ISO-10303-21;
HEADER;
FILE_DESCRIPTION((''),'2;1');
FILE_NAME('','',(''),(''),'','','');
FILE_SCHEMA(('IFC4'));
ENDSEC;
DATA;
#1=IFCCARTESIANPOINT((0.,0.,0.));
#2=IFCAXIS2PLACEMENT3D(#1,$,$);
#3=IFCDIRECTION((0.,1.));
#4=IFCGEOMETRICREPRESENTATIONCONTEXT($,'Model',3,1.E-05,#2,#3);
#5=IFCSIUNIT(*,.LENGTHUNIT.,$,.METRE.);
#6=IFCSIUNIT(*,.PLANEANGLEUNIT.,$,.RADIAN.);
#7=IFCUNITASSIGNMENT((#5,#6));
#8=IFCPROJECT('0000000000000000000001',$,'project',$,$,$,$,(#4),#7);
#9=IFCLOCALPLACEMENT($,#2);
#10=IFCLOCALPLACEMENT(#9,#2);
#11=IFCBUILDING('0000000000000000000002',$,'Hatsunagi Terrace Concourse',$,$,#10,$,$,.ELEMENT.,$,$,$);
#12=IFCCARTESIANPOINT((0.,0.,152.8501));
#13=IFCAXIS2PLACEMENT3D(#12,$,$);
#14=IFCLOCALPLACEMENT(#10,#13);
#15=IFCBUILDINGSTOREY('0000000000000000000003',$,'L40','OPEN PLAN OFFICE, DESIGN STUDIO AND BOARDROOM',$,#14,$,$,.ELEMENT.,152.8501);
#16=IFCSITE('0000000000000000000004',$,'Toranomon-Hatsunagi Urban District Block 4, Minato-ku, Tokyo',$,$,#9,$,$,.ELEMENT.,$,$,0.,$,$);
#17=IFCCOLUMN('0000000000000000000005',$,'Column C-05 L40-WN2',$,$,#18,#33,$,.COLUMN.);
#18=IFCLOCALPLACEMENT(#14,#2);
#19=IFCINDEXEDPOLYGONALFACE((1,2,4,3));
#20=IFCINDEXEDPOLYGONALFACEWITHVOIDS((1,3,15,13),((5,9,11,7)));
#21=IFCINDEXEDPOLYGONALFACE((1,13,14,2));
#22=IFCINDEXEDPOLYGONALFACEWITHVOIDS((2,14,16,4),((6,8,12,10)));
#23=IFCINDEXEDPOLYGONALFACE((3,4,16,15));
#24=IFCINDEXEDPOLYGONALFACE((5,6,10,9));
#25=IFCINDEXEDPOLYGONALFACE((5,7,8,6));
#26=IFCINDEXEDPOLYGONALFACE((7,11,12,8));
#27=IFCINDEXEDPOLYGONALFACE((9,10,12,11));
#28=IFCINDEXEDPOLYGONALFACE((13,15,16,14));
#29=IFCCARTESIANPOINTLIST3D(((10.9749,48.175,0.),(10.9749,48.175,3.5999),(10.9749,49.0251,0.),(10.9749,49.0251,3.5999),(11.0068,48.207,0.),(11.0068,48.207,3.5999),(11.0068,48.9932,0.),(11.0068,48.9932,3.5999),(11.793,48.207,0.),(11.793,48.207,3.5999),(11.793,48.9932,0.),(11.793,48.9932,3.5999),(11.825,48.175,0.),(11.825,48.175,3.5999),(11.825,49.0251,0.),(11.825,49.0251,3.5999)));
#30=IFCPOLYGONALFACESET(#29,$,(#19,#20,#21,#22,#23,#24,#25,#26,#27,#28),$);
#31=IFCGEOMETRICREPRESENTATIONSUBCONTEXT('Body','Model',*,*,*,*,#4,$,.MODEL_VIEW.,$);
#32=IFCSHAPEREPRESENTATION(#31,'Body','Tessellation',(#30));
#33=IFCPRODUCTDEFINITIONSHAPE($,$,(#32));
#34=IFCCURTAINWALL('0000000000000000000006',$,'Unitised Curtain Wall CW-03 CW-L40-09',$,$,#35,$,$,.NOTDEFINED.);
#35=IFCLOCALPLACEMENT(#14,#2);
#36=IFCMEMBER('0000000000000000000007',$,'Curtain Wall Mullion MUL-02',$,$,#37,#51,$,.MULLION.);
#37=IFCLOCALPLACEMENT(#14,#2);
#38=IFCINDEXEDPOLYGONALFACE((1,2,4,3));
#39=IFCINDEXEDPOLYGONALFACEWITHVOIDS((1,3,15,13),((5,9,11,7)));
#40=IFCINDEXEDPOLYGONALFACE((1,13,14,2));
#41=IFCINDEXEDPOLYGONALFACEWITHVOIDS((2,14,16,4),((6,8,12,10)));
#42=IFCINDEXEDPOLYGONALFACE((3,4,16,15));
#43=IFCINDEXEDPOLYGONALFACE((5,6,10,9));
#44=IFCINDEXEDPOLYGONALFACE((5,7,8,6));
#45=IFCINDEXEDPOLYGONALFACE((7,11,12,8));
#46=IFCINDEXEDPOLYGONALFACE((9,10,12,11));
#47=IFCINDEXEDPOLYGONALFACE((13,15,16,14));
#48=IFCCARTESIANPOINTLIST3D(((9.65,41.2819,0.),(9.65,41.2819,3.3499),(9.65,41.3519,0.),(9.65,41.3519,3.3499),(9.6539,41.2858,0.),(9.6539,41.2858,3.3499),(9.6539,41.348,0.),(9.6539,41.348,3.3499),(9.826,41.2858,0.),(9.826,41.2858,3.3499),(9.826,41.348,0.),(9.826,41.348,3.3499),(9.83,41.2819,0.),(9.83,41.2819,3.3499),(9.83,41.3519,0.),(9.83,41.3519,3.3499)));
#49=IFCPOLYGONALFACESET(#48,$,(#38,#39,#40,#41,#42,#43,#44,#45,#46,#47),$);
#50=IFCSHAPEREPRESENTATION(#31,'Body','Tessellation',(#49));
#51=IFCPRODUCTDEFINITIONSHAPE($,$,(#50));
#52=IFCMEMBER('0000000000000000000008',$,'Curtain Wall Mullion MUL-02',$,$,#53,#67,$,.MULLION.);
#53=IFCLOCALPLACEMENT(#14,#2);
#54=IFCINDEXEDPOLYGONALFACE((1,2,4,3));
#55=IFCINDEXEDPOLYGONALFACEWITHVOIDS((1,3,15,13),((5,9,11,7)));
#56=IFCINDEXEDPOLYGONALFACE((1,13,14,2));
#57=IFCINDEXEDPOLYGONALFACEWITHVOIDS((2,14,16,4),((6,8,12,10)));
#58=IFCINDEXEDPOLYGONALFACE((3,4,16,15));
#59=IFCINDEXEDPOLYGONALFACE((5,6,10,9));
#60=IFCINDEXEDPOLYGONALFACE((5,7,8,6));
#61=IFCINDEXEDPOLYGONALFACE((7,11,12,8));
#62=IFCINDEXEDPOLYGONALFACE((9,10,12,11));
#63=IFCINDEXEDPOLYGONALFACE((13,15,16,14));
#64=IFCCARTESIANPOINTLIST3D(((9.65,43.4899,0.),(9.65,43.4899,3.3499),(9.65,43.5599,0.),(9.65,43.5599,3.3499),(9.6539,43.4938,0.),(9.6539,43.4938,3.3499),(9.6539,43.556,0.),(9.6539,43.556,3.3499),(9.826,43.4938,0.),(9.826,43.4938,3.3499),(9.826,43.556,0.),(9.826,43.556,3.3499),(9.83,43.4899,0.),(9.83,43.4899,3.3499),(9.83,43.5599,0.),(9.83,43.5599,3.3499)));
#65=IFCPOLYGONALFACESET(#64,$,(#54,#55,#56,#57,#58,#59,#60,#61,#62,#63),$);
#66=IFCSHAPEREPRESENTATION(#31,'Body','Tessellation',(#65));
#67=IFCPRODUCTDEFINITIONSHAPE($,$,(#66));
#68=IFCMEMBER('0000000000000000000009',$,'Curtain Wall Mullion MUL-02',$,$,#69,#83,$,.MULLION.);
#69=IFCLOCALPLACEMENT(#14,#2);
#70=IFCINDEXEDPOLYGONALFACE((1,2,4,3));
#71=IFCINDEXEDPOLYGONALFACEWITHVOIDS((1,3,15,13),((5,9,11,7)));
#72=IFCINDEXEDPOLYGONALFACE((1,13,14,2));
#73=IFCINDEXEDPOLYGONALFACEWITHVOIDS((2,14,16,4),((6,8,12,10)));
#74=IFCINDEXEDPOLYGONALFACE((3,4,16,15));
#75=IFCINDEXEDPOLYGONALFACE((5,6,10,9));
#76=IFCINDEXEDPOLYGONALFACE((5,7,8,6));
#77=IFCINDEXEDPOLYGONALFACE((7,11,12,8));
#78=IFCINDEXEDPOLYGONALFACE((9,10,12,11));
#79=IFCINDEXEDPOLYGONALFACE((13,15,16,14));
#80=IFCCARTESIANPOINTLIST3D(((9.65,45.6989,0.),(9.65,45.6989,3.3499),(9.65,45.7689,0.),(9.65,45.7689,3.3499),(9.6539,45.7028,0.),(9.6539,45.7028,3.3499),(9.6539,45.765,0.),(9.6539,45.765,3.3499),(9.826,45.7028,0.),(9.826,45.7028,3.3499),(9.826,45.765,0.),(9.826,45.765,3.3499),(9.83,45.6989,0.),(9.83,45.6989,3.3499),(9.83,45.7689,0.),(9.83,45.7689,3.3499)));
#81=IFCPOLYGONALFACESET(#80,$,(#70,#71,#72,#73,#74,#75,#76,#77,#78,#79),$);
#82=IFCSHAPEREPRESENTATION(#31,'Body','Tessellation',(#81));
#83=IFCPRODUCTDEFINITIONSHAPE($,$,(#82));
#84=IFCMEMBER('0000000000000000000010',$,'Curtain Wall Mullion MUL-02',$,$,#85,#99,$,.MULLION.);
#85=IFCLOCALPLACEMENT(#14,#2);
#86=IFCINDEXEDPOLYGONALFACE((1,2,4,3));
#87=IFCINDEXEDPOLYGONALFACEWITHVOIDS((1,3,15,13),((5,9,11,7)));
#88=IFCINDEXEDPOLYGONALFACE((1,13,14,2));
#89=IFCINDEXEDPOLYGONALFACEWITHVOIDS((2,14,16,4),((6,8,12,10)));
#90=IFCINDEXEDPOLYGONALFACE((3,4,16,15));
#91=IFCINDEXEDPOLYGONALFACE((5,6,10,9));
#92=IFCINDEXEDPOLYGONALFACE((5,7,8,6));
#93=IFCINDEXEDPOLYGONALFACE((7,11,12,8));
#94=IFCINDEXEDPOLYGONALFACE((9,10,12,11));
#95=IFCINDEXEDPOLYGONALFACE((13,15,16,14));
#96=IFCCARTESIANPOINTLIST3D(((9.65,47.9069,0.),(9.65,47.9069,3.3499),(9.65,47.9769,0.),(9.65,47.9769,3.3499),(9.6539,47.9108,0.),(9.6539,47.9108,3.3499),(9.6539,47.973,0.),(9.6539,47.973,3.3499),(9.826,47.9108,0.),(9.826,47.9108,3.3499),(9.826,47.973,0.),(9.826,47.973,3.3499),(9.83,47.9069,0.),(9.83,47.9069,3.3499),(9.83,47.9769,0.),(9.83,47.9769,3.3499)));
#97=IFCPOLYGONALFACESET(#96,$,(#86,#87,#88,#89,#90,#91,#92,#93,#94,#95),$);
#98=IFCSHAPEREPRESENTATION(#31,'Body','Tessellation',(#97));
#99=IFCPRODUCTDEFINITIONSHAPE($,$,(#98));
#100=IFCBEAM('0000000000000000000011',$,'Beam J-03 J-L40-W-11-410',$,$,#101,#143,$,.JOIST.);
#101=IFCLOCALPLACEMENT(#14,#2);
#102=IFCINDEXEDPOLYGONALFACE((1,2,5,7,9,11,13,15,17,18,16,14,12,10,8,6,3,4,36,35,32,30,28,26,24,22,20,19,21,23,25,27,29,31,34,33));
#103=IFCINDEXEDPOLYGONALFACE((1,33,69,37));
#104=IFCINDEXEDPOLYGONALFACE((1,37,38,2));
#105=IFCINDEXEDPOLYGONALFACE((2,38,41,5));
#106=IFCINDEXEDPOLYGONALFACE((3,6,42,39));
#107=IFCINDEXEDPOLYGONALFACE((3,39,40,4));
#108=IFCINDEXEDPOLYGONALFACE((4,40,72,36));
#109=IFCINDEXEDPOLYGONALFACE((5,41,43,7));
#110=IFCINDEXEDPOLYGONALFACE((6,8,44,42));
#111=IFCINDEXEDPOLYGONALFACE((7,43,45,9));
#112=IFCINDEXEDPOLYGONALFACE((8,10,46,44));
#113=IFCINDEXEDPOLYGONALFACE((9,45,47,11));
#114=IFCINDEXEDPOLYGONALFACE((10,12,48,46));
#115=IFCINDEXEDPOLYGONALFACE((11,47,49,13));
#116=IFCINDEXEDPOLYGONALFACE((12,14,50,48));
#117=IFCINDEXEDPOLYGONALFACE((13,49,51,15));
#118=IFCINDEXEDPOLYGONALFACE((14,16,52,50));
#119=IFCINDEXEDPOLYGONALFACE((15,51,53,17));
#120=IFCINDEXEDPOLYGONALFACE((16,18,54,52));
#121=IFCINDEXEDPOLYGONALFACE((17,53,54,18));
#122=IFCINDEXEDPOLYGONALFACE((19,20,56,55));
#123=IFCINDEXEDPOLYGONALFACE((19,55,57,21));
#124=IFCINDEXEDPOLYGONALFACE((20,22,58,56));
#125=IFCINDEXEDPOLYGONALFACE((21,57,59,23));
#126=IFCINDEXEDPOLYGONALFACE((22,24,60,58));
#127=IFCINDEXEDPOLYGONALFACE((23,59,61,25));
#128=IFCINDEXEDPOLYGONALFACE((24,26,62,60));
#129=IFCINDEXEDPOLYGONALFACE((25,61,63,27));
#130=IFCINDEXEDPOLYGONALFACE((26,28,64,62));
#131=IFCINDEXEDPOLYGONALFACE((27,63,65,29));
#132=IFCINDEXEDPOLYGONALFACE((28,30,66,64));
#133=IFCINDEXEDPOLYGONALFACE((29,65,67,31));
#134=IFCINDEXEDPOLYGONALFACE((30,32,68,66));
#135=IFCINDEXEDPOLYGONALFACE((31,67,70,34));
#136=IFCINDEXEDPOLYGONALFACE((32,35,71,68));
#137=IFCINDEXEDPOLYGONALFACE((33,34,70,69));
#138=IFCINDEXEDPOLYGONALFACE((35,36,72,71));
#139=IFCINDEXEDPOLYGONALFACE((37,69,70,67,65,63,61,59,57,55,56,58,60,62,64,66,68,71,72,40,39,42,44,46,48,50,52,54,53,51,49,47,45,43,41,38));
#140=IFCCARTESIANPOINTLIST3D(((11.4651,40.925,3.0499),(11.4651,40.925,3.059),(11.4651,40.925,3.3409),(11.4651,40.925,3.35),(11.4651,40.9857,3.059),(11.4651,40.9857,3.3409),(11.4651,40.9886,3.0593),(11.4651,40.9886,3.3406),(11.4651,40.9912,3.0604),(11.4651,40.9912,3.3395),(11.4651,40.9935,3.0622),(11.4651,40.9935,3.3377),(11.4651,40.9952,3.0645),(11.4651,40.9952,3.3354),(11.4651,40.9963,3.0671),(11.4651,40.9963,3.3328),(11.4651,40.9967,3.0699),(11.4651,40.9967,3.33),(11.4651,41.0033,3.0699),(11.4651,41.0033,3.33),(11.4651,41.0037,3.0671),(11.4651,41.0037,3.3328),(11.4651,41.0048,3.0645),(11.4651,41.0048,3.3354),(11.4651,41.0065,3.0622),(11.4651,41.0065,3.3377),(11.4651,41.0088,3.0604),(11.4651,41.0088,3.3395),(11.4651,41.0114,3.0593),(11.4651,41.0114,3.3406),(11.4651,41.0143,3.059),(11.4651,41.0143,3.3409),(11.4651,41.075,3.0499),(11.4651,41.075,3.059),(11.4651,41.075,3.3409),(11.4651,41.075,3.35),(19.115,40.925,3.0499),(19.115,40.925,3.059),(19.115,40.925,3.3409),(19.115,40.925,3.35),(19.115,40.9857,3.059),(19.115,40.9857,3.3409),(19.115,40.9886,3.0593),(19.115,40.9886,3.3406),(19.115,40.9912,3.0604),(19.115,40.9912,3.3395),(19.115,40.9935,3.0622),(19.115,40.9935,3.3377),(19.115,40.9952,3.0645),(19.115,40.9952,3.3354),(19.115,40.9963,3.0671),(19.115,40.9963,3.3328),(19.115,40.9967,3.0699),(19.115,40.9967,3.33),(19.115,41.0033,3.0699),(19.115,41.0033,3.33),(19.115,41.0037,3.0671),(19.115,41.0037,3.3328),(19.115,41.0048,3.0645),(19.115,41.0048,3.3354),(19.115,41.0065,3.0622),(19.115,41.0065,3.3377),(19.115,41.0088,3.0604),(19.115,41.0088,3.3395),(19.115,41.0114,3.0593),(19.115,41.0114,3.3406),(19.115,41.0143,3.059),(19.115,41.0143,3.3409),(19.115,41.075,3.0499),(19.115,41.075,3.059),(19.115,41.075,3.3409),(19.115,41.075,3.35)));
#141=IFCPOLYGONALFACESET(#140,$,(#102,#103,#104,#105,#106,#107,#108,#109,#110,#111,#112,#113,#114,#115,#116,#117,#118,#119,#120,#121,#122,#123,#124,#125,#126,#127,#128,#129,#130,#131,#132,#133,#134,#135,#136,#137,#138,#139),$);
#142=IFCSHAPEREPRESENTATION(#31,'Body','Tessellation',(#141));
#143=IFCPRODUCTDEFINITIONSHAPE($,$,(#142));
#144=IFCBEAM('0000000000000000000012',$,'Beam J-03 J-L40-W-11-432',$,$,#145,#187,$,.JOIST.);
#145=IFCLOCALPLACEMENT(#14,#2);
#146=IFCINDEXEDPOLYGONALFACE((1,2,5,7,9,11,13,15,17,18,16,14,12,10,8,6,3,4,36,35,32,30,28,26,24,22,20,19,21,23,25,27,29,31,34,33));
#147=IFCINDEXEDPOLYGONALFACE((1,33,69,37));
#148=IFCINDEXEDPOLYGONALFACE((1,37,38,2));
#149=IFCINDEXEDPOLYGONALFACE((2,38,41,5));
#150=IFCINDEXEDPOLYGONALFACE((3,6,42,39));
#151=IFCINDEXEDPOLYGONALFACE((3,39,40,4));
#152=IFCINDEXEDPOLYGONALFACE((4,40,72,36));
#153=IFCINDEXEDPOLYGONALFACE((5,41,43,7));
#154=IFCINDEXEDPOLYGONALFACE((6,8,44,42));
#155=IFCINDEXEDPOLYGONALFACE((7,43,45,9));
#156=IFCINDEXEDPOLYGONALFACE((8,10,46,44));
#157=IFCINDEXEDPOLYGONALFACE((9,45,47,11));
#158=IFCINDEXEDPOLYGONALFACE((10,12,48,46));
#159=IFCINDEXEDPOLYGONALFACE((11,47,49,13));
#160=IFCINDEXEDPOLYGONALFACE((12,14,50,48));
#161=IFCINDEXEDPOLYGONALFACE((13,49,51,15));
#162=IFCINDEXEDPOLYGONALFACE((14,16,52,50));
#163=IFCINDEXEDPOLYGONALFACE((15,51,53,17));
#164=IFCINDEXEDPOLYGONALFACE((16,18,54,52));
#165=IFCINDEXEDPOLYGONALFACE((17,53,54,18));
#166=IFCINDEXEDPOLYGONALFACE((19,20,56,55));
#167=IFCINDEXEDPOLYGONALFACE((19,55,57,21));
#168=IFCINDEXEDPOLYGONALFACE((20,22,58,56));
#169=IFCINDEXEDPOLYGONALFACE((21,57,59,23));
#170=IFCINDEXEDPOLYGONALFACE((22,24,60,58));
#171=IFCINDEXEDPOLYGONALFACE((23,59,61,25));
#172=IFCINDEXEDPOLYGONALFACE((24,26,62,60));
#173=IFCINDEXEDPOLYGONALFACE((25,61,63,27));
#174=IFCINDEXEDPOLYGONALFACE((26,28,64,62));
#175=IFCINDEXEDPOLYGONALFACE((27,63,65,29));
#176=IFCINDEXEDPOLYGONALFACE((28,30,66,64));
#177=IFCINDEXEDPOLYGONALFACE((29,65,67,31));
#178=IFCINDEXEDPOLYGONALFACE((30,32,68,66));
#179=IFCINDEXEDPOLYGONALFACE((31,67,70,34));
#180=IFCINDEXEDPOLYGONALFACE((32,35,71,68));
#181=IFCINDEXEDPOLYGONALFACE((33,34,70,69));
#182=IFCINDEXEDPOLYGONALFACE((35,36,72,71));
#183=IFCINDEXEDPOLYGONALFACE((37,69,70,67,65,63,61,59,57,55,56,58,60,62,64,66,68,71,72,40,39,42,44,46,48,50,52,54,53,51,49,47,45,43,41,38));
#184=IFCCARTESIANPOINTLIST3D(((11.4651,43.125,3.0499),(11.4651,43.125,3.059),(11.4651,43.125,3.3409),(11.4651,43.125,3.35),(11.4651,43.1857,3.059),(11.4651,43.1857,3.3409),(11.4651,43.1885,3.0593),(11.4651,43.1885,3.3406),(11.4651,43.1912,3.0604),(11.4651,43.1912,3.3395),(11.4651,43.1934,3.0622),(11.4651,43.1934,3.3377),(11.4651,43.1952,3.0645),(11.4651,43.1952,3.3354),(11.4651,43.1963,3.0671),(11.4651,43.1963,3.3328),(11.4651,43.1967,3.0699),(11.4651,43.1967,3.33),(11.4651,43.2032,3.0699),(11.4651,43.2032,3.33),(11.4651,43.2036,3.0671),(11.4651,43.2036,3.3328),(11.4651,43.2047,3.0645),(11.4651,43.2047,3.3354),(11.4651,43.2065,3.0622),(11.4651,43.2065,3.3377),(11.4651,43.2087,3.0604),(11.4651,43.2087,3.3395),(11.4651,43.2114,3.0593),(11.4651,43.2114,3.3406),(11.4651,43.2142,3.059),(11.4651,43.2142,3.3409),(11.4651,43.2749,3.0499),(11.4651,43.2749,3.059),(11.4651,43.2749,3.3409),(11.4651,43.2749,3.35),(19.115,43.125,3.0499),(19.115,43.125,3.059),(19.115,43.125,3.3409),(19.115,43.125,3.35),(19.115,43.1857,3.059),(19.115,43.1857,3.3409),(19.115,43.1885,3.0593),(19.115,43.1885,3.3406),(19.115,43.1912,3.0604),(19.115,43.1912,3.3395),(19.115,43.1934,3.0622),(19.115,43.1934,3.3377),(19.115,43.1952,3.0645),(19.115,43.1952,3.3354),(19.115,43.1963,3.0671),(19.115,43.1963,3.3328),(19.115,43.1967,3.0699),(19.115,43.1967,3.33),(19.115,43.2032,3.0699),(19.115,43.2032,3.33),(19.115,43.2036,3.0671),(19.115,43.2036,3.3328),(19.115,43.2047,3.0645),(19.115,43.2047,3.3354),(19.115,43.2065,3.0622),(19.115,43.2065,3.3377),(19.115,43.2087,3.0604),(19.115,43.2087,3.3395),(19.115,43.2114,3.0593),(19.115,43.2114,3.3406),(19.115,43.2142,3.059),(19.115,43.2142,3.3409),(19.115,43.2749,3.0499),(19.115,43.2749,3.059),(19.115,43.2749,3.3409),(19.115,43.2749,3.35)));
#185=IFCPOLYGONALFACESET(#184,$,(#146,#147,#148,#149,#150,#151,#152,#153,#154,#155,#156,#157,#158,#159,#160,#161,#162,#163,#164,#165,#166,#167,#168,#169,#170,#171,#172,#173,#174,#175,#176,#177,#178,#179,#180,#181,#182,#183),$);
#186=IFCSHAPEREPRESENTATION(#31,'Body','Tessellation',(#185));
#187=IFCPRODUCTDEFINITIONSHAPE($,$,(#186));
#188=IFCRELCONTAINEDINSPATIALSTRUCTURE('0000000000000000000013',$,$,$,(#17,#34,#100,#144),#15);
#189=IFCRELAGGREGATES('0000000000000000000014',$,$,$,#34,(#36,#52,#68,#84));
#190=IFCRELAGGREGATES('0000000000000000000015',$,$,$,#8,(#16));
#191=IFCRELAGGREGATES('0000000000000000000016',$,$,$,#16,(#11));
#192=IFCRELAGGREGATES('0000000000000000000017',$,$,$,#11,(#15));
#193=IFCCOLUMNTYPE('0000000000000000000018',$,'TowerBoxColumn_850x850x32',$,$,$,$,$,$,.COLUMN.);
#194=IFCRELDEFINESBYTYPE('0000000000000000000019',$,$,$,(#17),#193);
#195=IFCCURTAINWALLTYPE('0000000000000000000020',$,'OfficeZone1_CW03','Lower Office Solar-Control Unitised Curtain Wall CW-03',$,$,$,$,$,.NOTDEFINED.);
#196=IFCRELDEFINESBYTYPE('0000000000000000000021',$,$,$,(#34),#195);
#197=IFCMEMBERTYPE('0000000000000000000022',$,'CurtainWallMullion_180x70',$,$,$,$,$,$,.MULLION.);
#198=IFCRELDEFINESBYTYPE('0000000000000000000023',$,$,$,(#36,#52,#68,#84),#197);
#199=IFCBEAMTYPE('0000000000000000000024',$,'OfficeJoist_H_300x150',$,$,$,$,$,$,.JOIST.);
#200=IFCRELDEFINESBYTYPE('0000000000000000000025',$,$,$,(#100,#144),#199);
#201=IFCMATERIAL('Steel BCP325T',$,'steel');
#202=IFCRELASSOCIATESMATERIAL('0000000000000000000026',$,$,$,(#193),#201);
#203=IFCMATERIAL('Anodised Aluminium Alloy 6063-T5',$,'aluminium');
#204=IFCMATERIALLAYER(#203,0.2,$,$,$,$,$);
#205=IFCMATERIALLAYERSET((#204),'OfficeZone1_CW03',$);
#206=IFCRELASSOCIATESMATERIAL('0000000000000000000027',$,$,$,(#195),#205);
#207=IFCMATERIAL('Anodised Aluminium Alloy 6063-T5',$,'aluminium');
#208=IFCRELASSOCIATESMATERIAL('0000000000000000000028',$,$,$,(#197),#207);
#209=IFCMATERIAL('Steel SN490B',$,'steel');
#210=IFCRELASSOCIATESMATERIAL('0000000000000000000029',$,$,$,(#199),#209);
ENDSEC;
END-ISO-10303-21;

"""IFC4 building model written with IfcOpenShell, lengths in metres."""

from ifc_helpers import new_model, si_unit, direction, frame, origin, origin_2d, place, context, subcontext, project, spatial, hollow_rectangle, i_section, extrude, material, layer, layer_set, material_profile, profile_set, type_object, element, aggregate, save


model = new_model("IFC4")

# Units and contexts
model_context = context("Model", 3, precision=1e-05, world=origin(), true_north=direction((0.0, 1.0)))
body_context = subcontext(model_context, "Body", "Model", "MODEL_VIEW")
ifc_project = project(units=[si_unit("LENGTHUNIT", "METRE"), si_unit("PLANEANGLEUNIT", "RADIAN")], contexts=[model_context])

# Site, building, storey
site_placement = place(None, origin())
site = spatial("IfcSite", under=ifc_project, at=site_placement, Name="Toranomon-Hatsunagi Urban District Block 4, Minato-ku, Tokyo", CompositionType="ELEMENT", RefElevation=0.0)
building_placement = place(site_placement, origin())
building = spatial("IfcBuilding", under=site, at=building_placement, Name="Hatsunagi Terrace Concourse", CompositionType="ELEMENT")
storey_placement = place(building_placement, frame((0.0, 0.0, 152.8501)))
storey = spatial("IfcBuildingStorey", under=building, at=storey_placement, Name="L40", Description="OPEN PLAN OFFICE, DESIGN STUDIO AND BOARDROOM", CompositionType="ELEMENT", Elevation=152.8501)

# Column
ifc_material_1 = material(Name="Steel BCP325T", Category="steel")
ifc_material_profile_1 = material_profile(ifc_material_1, hollow_rectangle(XDim=0.8501, YDim=0.8501, WallThickness=0.032, at=origin_2d()), Name="BCP-850x850x32")
ifc_profile_set_1 = profile_set([ifc_material_profile_1], Name="Steel BCP325T")
column_type = type_object("IfcColumnType", Name="TowerBoxColumn_850x850x32", PredefinedType="COLUMN", material=ifc_profile_set_1)
column_placement = place(storey_placement, frame((11.3999, 48.6001, 0.0), z_axis=(0.0, 0.0, 1.0), x_axis=(1.0, 0.0, 0.0)))
element("IfcColumn", 1, at=column_placement, inside=storey, type_object=column_type, Name="Column C-05 L40-WN2", PredefinedType="COLUMN", context=body_context, shape_type="SweptSolid", body=[
    extrude(hollow_rectangle(XDim=0.8501, YDim=0.8501, WallThickness=0.032, at=origin_2d()), origin(), (0.0, 0.0, 1.0), 3.5999),
])

# Curtain wall, members
ifc_material_2 = material(Name="Anodised Aluminium Alloy 6063-T5", Category="aluminium")
ifc_layer_1 = layer(ifc_material_2, 0.2)
ifc_layer_set_1 = layer_set([ifc_layer_1], Name="OfficeZone1_CW03")
curtain_wall_type = type_object("IfcCurtainWallType", Name="OfficeZone1_CW03", Description="Lower Office Solar-Control Unitised Curtain Wall CW-03", PredefinedType="NOTDEFINED", material=ifc_layer_set_1)
curtain_wall_placement = place(storey_placement, origin())
curtain_wall = element("IfcCurtainWall", 2, at=curtain_wall_placement, inside=storey, type_object=curtain_wall_type, Name="Unitised Curtain Wall CW-03 CW-L40-09", PredefinedType="NOTDEFINED")
ifc_material_3 = material(Name="Anodised Aluminium Alloy 6063-T5", Category="aluminium")
ifc_material_profile_2 = material_profile(ifc_material_3, hollow_rectangle(XDim=0.0701, YDim=0.1799, WallThickness=0.0039, at=origin_2d()), Name="ALU-MUL-180x70x4")
ifc_profile_set_2 = profile_set([ifc_material_profile_2], Name="Anodised Aluminium Alloy 6063-T5")
member_type = type_object("IfcMemberType", Name="CurtainWallMullion_180x70", PredefinedType="MULLION", material=ifc_profile_set_2)
member_1_placement = place(storey_placement, frame((9.74, 41.3169, 0.0), z_axis=(0.0, 0.0, 1.0), x_axis=(0.0, 1.0, 0.0)))
member_1 = element("IfcMember", 3, at=member_1_placement, type_object=member_type, Name="Curtain Wall Mullion MUL-02", PredefinedType="MULLION", context=body_context, shape_type="SweptSolid", body=[
    extrude(hollow_rectangle(XDim=0.0701, YDim=0.1799, WallThickness=0.0039, at=origin_2d()), origin(), (0.0, 0.0, 1.0), 3.3499),
])
member_2_placement = place(storey_placement, frame((9.74, 43.5249, 0.0), z_axis=(0.0, 0.0, 1.0), x_axis=(0.0, 1.0, 0.0)))
member_2 = element("IfcMember", 4, at=member_2_placement, type_object=member_type, Name="Curtain Wall Mullion MUL-02", PredefinedType="MULLION", context=body_context, shape_type="SweptSolid", body=[
    extrude(hollow_rectangle(XDim=0.0701, YDim=0.1799, WallThickness=0.0039, at=origin_2d()), origin(), (0.0, 0.0, 1.0), 3.3499),
])
member_3_placement = place(storey_placement, frame((9.74, 45.7339, 0.0), z_axis=(0.0, 0.0, 1.0), x_axis=(0.0, 1.0, 0.0)))
member_3 = element("IfcMember", 5, at=member_3_placement, type_object=member_type, Name="Curtain Wall Mullion MUL-02", PredefinedType="MULLION", context=body_context, shape_type="SweptSolid", body=[
    extrude(hollow_rectangle(XDim=0.0701, YDim=0.1799, WallThickness=0.0039, at=origin_2d()), origin(), (0.0, 0.0, 1.0), 3.3499),
])
member_4_placement = place(storey_placement, frame((9.74, 47.9419, 0.0), z_axis=(0.0, 0.0, 1.0), x_axis=(0.0, 1.0, 0.0)))
member_4 = element("IfcMember", 6, at=member_4_placement, type_object=member_type, Name="Curtain Wall Mullion MUL-02", PredefinedType="MULLION", context=body_context, shape_type="SweptSolid", body=[
    extrude(hollow_rectangle(XDim=0.0701, YDim=0.1799, WallThickness=0.0039, at=origin_2d()), origin(), (0.0, 0.0, 1.0), 3.3499),
])

# Beams
ifc_material_4 = material(Name="Steel SN490B", Category="steel")
ifc_material_profile_3 = material_profile(ifc_material_4, i_section(OverallWidth=0.1499, OverallDepth=0.3, WebThickness=0.0066, FlangeThickness=0.009, FilletRadius=0.011, at=origin_2d()), Name="H-300x150x6.5x9")
ifc_profile_set_3 = profile_set([ifc_material_profile_3], Name="Steel SN490B")
beam_type_1 = type_object("IfcBeamType", Name="OfficeJoist_H_300x150", PredefinedType="JOIST", material=ifc_profile_set_3)
for number, where, z_axis, x_axis, name in (
    (7, (11.4651, 41.0, 3.2), (1.0, 0.0, 0.0), (0.0, 1.0, 0.0), "Beam J-03 J-L40-W-11-410"),
    (8, (11.4651, 43.2, 3.2), (1.0, 0.0, 0.0), (0.0, 1.0, 0.0), "Beam J-03 J-L40-W-11-432"),
):
    element("IfcBeam", number, at=place(storey_placement, frame(where, z_axis=z_axis, x_axis=x_axis)), inside=storey, type_object=beam_type_1, Name=name, PredefinedType="JOIST", context=body_context, shape_type="SweptSolid", body=[
        extrude(i_section(OverallWidth=0.1499, OverallDepth=0.3, WebThickness=0.0066, FlangeThickness=0.009, FilletRadius=0.011, at=origin_2d()), origin(), (0.0, 0.0, 1.0), 7.6499),
    ])

aggregate(curtain_wall, [member_1, member_2, member_3, member_4])

save(model, "model.ifc")
